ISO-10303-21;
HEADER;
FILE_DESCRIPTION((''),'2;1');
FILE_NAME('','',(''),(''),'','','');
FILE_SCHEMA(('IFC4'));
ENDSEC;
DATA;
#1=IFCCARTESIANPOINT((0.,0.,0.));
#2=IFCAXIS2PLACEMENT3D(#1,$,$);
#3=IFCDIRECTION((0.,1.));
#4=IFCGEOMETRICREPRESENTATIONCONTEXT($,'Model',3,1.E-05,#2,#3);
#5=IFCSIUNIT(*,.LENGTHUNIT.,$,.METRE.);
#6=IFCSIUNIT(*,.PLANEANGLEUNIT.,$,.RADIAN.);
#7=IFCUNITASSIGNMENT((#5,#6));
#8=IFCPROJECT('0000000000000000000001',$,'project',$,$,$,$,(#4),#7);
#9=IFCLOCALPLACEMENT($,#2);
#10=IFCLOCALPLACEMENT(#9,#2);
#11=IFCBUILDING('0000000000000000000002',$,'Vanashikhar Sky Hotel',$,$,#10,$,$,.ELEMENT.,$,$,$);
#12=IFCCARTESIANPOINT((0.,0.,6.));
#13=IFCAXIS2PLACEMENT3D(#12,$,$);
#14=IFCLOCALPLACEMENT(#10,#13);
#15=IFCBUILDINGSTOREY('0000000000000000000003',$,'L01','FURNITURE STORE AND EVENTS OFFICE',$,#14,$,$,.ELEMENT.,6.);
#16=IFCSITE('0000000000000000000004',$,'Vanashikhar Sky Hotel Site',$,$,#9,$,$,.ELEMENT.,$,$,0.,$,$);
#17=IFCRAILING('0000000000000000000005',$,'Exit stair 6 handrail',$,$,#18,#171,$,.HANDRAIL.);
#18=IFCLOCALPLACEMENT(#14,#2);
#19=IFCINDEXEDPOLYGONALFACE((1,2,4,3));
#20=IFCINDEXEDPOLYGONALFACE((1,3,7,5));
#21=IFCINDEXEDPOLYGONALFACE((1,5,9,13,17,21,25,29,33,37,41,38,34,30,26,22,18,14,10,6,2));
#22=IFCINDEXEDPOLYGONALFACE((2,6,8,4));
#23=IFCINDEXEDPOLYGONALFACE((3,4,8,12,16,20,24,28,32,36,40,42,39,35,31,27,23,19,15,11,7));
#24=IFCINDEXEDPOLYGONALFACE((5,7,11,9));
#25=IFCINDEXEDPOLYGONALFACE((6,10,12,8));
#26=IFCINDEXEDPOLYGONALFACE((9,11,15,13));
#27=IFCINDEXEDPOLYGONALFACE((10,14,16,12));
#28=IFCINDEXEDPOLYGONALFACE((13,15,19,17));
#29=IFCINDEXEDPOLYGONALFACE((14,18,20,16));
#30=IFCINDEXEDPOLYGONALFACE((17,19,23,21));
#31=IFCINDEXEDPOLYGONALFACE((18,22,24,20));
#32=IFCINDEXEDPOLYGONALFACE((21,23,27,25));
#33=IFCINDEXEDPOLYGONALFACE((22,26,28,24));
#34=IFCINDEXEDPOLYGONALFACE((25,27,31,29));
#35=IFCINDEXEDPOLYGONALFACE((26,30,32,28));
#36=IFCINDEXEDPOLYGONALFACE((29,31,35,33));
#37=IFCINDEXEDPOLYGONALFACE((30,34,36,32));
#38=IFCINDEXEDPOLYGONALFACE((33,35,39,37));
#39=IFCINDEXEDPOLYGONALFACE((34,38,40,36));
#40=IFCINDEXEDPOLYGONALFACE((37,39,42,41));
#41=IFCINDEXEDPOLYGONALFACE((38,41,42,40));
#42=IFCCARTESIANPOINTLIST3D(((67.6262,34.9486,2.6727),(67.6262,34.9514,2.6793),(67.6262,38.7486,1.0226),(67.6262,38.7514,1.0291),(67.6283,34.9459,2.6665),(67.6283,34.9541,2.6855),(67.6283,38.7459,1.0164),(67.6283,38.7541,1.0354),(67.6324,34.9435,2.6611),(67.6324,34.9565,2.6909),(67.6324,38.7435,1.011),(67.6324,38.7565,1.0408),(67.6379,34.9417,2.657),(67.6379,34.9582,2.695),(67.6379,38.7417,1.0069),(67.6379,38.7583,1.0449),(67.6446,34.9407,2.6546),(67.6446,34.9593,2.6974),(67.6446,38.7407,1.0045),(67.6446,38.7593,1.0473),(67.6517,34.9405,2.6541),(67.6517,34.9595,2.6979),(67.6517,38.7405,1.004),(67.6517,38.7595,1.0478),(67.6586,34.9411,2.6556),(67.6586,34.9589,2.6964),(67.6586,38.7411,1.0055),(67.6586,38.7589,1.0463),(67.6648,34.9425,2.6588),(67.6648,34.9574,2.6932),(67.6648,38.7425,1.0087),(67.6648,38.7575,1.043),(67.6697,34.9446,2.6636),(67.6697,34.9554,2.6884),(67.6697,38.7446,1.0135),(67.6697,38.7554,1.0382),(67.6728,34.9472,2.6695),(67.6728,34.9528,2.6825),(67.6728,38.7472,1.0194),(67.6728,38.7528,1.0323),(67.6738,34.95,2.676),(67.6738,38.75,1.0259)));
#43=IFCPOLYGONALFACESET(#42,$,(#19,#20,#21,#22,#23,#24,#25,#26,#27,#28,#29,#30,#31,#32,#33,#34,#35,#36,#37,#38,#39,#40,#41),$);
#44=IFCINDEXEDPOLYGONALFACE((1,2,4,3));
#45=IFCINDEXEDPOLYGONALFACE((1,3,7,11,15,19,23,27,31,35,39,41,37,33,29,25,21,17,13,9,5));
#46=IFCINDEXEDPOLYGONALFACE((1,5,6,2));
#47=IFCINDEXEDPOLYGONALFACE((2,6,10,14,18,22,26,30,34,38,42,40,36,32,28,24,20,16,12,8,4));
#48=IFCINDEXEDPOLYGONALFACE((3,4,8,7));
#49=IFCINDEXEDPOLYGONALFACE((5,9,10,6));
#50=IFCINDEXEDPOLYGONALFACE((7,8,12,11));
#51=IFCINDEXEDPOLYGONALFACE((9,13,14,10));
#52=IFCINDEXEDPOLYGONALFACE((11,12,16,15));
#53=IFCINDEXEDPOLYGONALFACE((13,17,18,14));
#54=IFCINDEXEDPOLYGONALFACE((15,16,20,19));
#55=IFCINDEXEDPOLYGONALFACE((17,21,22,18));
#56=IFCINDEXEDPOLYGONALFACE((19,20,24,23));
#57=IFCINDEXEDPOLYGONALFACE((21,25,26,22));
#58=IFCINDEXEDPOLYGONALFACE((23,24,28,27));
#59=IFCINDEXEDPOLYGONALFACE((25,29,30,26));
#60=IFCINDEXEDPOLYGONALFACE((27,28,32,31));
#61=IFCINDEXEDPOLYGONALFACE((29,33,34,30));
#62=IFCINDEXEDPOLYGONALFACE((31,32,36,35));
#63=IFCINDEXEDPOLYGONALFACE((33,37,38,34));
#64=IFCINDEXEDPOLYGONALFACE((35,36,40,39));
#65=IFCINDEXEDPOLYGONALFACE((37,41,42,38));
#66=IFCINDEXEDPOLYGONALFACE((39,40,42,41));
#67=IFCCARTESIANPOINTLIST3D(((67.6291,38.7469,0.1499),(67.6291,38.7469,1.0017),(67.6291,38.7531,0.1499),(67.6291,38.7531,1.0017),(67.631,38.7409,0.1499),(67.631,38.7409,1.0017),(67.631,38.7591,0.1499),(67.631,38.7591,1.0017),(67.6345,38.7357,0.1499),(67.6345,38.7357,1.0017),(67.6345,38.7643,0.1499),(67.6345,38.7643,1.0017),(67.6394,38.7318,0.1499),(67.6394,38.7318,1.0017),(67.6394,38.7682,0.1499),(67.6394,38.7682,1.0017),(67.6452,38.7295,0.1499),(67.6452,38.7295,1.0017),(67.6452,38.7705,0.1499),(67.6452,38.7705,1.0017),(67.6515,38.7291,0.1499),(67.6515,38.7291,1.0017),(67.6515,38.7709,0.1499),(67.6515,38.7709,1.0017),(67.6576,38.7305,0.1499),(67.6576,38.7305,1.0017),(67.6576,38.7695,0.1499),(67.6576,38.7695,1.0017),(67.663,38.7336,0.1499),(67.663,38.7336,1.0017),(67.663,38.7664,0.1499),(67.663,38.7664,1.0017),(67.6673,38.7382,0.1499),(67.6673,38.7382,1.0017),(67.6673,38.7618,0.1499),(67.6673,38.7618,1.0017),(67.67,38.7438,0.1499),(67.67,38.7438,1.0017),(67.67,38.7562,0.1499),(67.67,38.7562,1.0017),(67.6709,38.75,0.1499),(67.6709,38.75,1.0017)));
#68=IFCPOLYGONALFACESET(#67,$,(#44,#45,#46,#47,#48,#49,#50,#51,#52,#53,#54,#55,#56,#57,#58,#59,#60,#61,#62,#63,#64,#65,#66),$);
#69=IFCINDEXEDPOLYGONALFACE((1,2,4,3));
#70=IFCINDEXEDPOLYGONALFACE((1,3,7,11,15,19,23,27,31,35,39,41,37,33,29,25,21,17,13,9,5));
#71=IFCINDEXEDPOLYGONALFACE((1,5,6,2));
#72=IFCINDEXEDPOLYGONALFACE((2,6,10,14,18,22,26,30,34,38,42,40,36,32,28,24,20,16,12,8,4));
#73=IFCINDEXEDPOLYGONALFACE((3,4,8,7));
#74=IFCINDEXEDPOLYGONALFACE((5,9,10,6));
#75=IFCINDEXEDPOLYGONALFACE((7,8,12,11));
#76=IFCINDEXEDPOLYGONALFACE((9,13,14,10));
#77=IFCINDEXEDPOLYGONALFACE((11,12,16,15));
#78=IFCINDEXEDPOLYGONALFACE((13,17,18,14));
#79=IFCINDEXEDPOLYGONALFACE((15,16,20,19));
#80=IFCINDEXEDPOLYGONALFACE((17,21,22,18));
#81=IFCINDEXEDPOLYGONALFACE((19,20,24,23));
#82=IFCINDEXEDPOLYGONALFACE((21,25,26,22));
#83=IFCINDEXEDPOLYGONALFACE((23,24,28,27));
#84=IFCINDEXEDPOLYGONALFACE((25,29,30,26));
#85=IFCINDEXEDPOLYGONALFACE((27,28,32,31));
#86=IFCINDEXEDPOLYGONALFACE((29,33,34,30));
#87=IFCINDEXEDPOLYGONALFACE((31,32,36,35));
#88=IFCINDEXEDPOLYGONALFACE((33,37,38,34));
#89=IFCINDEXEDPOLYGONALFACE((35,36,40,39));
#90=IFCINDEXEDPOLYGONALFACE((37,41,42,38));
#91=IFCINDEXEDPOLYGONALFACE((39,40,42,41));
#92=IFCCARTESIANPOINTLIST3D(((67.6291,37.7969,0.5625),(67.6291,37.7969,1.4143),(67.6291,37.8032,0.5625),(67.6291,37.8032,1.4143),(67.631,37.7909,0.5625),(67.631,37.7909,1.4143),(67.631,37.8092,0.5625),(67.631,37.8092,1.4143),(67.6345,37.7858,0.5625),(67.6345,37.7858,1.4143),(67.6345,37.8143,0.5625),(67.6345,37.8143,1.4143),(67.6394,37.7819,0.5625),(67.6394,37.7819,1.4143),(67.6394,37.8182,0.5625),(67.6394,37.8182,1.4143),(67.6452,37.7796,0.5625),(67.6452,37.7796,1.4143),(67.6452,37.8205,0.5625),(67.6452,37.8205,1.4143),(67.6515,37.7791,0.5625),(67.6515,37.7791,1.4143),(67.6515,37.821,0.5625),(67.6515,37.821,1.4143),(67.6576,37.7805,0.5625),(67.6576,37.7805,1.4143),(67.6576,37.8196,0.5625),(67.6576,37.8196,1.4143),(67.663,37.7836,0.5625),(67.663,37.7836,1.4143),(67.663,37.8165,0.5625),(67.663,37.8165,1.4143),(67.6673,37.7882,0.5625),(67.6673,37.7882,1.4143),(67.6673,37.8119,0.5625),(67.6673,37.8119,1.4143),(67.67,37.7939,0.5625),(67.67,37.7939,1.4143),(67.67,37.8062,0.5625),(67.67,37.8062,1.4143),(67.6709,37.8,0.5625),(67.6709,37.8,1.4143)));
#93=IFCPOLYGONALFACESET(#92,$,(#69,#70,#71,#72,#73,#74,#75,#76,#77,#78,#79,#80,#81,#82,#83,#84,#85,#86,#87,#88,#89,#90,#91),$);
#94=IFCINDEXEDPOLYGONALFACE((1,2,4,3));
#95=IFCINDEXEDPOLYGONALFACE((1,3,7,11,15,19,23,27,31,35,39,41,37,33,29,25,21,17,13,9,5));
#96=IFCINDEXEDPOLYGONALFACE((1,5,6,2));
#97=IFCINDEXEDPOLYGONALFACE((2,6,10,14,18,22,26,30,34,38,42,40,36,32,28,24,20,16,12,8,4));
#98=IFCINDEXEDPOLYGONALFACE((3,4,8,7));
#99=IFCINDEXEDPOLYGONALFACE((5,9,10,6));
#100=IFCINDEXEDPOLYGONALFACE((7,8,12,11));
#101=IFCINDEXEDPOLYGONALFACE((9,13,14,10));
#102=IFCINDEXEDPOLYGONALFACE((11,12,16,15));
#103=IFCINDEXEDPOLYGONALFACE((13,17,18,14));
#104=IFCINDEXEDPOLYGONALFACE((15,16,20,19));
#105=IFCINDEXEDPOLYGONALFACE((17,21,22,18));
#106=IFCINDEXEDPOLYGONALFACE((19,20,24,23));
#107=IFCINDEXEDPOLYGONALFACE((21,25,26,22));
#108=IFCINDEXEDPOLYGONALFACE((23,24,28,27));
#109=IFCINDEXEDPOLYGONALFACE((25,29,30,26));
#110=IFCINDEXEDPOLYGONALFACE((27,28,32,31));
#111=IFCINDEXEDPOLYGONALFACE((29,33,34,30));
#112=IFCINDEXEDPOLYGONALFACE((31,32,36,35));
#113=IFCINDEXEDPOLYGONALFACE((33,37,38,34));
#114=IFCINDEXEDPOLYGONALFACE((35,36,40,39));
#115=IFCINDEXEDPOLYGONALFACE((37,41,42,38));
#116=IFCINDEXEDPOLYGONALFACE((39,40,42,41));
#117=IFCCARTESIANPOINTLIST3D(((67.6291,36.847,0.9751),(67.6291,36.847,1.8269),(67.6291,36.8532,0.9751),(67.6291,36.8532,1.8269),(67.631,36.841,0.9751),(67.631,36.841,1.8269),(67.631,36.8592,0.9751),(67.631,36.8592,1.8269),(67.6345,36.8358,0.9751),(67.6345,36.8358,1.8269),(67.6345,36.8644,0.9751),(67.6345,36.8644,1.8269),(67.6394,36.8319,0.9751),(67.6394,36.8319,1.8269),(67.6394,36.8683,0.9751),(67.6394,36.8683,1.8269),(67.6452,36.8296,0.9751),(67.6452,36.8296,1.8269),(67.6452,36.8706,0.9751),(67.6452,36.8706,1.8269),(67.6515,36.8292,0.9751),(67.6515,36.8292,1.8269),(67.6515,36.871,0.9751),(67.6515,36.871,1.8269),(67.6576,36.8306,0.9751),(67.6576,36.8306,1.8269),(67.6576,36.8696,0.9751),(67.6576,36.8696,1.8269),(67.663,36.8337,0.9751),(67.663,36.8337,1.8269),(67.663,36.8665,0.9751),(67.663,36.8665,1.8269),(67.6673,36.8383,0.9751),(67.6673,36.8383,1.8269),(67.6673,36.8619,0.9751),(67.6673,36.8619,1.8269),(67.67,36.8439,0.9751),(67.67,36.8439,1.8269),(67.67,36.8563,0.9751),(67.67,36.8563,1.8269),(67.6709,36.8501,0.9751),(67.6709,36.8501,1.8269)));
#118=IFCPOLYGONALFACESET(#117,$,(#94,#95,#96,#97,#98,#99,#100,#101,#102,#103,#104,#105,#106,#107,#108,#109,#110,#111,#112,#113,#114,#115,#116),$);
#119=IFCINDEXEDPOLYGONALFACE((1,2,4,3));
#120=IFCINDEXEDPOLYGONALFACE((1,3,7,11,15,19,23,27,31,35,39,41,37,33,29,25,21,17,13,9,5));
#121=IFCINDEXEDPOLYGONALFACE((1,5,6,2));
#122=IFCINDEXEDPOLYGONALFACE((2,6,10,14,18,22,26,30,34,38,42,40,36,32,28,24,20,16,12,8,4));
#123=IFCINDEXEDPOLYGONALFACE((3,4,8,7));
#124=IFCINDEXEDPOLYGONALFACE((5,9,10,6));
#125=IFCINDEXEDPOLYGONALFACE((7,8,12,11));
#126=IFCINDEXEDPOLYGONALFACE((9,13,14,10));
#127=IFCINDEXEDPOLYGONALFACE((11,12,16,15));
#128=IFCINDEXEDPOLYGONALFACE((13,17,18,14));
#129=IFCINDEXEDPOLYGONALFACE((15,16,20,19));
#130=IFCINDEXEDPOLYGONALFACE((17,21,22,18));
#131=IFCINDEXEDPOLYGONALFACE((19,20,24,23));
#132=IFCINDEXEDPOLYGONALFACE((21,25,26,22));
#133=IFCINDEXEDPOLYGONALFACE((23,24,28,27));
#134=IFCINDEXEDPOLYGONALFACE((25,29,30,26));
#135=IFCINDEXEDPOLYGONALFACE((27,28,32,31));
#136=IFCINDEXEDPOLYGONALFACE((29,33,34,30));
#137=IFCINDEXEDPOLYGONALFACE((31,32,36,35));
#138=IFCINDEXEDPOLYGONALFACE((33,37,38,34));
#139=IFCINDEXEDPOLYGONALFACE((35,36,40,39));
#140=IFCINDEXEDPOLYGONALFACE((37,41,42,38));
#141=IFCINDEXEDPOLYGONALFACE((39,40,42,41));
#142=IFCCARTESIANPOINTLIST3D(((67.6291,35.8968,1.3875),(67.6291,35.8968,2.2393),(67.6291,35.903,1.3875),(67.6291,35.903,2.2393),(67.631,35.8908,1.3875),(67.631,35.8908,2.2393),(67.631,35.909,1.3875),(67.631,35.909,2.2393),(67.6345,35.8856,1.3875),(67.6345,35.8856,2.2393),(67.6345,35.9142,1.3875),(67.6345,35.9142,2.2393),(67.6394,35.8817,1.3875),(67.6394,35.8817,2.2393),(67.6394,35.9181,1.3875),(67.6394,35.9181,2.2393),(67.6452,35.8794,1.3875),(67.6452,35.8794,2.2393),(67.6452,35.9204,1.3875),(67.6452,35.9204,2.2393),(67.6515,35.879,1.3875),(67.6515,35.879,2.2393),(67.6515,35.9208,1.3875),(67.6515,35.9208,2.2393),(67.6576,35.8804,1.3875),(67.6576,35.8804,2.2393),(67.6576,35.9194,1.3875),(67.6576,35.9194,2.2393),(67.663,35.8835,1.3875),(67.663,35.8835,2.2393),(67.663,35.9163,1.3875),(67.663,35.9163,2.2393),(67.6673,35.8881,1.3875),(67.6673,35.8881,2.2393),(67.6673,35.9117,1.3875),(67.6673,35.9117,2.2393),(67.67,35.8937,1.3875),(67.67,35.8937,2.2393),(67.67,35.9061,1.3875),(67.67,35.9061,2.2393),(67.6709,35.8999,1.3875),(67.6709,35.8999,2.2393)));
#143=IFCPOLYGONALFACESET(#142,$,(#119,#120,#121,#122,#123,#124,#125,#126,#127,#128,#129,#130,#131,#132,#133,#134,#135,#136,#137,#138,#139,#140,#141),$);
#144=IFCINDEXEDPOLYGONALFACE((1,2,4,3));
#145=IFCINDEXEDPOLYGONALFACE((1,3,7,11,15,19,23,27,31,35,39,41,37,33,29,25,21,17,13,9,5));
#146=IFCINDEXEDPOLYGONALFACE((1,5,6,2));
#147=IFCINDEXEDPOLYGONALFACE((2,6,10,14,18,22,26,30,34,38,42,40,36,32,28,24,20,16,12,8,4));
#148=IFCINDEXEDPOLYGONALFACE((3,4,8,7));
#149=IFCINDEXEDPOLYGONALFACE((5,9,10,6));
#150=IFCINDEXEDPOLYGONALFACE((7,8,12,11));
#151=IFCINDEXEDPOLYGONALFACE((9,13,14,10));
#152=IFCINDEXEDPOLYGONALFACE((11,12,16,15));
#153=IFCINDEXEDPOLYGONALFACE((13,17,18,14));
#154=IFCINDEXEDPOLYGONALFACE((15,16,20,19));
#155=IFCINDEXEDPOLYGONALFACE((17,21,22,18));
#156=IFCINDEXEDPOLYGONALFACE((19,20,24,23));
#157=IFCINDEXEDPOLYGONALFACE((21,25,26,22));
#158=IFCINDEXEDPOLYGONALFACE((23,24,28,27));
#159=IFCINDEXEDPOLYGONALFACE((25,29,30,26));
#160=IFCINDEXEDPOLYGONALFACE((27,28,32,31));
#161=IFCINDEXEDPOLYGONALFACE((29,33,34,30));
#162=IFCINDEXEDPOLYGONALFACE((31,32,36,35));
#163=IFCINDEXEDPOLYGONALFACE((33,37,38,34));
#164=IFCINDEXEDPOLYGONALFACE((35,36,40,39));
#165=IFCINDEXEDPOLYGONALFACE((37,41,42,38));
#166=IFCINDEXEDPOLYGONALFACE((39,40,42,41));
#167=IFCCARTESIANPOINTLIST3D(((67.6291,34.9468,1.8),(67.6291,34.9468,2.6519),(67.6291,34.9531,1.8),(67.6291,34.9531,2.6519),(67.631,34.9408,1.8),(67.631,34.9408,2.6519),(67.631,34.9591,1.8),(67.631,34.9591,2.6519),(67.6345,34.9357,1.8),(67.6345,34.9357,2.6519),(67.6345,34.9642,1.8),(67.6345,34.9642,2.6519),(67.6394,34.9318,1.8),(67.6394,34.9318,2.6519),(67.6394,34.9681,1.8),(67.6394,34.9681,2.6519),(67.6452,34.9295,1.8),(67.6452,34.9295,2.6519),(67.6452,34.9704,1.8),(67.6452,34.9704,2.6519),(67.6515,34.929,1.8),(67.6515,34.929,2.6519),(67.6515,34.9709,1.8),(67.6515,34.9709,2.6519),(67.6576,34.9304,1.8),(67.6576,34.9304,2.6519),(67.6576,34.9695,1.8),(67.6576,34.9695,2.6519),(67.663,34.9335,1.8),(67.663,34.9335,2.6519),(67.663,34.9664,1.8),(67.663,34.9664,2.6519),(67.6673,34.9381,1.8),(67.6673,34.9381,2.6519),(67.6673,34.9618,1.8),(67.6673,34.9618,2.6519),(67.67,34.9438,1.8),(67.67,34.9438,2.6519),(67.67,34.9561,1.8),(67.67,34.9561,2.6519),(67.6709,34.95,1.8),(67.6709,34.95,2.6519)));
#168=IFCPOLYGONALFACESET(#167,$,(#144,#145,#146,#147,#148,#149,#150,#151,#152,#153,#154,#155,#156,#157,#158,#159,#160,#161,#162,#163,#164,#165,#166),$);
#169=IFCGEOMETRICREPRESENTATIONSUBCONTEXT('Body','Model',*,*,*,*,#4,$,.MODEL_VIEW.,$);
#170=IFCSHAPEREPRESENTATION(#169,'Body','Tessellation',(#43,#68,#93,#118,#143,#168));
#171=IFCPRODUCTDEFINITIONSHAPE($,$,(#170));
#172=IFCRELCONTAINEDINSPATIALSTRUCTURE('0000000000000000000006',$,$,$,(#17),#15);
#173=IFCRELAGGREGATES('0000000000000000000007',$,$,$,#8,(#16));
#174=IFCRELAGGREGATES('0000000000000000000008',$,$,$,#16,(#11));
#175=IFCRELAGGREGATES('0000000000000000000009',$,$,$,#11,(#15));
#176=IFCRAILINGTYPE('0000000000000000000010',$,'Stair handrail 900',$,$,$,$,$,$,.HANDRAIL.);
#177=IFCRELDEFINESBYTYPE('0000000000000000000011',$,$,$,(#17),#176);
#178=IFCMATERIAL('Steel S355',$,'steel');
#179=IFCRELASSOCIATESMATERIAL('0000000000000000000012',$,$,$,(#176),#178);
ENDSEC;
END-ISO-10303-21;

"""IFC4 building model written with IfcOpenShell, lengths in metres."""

from ifc_helpers import new_model, si_unit, direction, frame, origin, origin_2d, place, context, subcontext, project, spatial, circle, extrude, source, transform, mapped, material, type_object, element, save


model = new_model("IFC4")

# Units and contexts
model_context = context("Model", 3, precision=1e-05, world=origin(), true_north=direction((0.0, 1.0)))
body_context = subcontext(model_context, "Body", "Model", "MODEL_VIEW")
ifc_project = project(units=[si_unit("LENGTHUNIT", "METRE"), si_unit("PLANEANGLEUNIT", "RADIAN")], contexts=[model_context])

# Site, building, storey
site_placement = place(None, origin())
site = spatial("IfcSite", under=ifc_project, at=site_placement, Name="Vanashikhar Sky Hotel Site", CompositionType="ELEMENT", RefElevation=0.0)
building_placement = place(site_placement, origin())
building = spatial("IfcBuilding", under=site, at=building_placement, Name="Vanashikhar Sky Hotel", CompositionType="ELEMENT")
storey_placement = place(building_placement, frame((0.0, 0.0, 6.0)))
storey = spatial("IfcBuildingStorey", under=building, at=storey_placement, Name="L01", Description="FURNITURE STORE AND EVENTS OFFICE", CompositionType="ELEMENT", Elevation=6.0)

# Railing
ifc_material_1 = material(Name="Steel S355", Category="steel")
railing_type_1 = type_object("IfcRailingType", Name="Stair handrail 900", PredefinedType="HANDRAIL", material=ifc_material_1)
shared_shape_1 = source(origin(), body_context, "Body", "SweptSolid", [
    extrude(circle(Radius=0.0239, at=origin_2d()), frame((0.0, 0.0, 0.876), z_axis=(0.0, -0.917251, 0.39831), x_axis=(1.0, 0.0, 0.0)), (0.0, 0.0, 1.0), 4.1428),
    extrude(circle(Radius=0.021, at=origin_2d()), origin(), (0.0, 0.0, 1.0), 0.8518),
    extrude(circle(Radius=0.021, at=origin_2d()), frame((0.0, -0.95, 0.4126)), (0.0, 0.0, 1.0), 0.8518),
    extrude(circle(Radius=0.021, at=origin_2d()), frame((0.0, -1.8999, 0.8252)), (0.0, 0.0, 1.0), 0.8518),
    extrude(circle(Radius=0.021, at=origin_2d()), frame((0.0, -2.8501, 1.2375)), (0.0, 0.0, 1.0), 0.8518),
    extrude(circle(Radius=0.021, at=origin_2d()), frame((0.0, -3.8, 1.6501)), (0.0, 0.0, 1.0), 0.8518),
])
for number, where, name in (
    (1, (67.6499, 38.75, 0.1499), "Exit stair 6 handrail"),
):
    element("IfcRailing", number, at=place(storey_placement, frame(where)), inside=storey, type_object=railing_type_1, Name=name, PredefinedType="HANDRAIL", context=body_context, shape_type="MappedRepresentation", body=[
        mapped(shared_shape_1, transform((0.0, 0.0, 0.0), scale=1.0)),
    ])

save(model, "model.ifc")
